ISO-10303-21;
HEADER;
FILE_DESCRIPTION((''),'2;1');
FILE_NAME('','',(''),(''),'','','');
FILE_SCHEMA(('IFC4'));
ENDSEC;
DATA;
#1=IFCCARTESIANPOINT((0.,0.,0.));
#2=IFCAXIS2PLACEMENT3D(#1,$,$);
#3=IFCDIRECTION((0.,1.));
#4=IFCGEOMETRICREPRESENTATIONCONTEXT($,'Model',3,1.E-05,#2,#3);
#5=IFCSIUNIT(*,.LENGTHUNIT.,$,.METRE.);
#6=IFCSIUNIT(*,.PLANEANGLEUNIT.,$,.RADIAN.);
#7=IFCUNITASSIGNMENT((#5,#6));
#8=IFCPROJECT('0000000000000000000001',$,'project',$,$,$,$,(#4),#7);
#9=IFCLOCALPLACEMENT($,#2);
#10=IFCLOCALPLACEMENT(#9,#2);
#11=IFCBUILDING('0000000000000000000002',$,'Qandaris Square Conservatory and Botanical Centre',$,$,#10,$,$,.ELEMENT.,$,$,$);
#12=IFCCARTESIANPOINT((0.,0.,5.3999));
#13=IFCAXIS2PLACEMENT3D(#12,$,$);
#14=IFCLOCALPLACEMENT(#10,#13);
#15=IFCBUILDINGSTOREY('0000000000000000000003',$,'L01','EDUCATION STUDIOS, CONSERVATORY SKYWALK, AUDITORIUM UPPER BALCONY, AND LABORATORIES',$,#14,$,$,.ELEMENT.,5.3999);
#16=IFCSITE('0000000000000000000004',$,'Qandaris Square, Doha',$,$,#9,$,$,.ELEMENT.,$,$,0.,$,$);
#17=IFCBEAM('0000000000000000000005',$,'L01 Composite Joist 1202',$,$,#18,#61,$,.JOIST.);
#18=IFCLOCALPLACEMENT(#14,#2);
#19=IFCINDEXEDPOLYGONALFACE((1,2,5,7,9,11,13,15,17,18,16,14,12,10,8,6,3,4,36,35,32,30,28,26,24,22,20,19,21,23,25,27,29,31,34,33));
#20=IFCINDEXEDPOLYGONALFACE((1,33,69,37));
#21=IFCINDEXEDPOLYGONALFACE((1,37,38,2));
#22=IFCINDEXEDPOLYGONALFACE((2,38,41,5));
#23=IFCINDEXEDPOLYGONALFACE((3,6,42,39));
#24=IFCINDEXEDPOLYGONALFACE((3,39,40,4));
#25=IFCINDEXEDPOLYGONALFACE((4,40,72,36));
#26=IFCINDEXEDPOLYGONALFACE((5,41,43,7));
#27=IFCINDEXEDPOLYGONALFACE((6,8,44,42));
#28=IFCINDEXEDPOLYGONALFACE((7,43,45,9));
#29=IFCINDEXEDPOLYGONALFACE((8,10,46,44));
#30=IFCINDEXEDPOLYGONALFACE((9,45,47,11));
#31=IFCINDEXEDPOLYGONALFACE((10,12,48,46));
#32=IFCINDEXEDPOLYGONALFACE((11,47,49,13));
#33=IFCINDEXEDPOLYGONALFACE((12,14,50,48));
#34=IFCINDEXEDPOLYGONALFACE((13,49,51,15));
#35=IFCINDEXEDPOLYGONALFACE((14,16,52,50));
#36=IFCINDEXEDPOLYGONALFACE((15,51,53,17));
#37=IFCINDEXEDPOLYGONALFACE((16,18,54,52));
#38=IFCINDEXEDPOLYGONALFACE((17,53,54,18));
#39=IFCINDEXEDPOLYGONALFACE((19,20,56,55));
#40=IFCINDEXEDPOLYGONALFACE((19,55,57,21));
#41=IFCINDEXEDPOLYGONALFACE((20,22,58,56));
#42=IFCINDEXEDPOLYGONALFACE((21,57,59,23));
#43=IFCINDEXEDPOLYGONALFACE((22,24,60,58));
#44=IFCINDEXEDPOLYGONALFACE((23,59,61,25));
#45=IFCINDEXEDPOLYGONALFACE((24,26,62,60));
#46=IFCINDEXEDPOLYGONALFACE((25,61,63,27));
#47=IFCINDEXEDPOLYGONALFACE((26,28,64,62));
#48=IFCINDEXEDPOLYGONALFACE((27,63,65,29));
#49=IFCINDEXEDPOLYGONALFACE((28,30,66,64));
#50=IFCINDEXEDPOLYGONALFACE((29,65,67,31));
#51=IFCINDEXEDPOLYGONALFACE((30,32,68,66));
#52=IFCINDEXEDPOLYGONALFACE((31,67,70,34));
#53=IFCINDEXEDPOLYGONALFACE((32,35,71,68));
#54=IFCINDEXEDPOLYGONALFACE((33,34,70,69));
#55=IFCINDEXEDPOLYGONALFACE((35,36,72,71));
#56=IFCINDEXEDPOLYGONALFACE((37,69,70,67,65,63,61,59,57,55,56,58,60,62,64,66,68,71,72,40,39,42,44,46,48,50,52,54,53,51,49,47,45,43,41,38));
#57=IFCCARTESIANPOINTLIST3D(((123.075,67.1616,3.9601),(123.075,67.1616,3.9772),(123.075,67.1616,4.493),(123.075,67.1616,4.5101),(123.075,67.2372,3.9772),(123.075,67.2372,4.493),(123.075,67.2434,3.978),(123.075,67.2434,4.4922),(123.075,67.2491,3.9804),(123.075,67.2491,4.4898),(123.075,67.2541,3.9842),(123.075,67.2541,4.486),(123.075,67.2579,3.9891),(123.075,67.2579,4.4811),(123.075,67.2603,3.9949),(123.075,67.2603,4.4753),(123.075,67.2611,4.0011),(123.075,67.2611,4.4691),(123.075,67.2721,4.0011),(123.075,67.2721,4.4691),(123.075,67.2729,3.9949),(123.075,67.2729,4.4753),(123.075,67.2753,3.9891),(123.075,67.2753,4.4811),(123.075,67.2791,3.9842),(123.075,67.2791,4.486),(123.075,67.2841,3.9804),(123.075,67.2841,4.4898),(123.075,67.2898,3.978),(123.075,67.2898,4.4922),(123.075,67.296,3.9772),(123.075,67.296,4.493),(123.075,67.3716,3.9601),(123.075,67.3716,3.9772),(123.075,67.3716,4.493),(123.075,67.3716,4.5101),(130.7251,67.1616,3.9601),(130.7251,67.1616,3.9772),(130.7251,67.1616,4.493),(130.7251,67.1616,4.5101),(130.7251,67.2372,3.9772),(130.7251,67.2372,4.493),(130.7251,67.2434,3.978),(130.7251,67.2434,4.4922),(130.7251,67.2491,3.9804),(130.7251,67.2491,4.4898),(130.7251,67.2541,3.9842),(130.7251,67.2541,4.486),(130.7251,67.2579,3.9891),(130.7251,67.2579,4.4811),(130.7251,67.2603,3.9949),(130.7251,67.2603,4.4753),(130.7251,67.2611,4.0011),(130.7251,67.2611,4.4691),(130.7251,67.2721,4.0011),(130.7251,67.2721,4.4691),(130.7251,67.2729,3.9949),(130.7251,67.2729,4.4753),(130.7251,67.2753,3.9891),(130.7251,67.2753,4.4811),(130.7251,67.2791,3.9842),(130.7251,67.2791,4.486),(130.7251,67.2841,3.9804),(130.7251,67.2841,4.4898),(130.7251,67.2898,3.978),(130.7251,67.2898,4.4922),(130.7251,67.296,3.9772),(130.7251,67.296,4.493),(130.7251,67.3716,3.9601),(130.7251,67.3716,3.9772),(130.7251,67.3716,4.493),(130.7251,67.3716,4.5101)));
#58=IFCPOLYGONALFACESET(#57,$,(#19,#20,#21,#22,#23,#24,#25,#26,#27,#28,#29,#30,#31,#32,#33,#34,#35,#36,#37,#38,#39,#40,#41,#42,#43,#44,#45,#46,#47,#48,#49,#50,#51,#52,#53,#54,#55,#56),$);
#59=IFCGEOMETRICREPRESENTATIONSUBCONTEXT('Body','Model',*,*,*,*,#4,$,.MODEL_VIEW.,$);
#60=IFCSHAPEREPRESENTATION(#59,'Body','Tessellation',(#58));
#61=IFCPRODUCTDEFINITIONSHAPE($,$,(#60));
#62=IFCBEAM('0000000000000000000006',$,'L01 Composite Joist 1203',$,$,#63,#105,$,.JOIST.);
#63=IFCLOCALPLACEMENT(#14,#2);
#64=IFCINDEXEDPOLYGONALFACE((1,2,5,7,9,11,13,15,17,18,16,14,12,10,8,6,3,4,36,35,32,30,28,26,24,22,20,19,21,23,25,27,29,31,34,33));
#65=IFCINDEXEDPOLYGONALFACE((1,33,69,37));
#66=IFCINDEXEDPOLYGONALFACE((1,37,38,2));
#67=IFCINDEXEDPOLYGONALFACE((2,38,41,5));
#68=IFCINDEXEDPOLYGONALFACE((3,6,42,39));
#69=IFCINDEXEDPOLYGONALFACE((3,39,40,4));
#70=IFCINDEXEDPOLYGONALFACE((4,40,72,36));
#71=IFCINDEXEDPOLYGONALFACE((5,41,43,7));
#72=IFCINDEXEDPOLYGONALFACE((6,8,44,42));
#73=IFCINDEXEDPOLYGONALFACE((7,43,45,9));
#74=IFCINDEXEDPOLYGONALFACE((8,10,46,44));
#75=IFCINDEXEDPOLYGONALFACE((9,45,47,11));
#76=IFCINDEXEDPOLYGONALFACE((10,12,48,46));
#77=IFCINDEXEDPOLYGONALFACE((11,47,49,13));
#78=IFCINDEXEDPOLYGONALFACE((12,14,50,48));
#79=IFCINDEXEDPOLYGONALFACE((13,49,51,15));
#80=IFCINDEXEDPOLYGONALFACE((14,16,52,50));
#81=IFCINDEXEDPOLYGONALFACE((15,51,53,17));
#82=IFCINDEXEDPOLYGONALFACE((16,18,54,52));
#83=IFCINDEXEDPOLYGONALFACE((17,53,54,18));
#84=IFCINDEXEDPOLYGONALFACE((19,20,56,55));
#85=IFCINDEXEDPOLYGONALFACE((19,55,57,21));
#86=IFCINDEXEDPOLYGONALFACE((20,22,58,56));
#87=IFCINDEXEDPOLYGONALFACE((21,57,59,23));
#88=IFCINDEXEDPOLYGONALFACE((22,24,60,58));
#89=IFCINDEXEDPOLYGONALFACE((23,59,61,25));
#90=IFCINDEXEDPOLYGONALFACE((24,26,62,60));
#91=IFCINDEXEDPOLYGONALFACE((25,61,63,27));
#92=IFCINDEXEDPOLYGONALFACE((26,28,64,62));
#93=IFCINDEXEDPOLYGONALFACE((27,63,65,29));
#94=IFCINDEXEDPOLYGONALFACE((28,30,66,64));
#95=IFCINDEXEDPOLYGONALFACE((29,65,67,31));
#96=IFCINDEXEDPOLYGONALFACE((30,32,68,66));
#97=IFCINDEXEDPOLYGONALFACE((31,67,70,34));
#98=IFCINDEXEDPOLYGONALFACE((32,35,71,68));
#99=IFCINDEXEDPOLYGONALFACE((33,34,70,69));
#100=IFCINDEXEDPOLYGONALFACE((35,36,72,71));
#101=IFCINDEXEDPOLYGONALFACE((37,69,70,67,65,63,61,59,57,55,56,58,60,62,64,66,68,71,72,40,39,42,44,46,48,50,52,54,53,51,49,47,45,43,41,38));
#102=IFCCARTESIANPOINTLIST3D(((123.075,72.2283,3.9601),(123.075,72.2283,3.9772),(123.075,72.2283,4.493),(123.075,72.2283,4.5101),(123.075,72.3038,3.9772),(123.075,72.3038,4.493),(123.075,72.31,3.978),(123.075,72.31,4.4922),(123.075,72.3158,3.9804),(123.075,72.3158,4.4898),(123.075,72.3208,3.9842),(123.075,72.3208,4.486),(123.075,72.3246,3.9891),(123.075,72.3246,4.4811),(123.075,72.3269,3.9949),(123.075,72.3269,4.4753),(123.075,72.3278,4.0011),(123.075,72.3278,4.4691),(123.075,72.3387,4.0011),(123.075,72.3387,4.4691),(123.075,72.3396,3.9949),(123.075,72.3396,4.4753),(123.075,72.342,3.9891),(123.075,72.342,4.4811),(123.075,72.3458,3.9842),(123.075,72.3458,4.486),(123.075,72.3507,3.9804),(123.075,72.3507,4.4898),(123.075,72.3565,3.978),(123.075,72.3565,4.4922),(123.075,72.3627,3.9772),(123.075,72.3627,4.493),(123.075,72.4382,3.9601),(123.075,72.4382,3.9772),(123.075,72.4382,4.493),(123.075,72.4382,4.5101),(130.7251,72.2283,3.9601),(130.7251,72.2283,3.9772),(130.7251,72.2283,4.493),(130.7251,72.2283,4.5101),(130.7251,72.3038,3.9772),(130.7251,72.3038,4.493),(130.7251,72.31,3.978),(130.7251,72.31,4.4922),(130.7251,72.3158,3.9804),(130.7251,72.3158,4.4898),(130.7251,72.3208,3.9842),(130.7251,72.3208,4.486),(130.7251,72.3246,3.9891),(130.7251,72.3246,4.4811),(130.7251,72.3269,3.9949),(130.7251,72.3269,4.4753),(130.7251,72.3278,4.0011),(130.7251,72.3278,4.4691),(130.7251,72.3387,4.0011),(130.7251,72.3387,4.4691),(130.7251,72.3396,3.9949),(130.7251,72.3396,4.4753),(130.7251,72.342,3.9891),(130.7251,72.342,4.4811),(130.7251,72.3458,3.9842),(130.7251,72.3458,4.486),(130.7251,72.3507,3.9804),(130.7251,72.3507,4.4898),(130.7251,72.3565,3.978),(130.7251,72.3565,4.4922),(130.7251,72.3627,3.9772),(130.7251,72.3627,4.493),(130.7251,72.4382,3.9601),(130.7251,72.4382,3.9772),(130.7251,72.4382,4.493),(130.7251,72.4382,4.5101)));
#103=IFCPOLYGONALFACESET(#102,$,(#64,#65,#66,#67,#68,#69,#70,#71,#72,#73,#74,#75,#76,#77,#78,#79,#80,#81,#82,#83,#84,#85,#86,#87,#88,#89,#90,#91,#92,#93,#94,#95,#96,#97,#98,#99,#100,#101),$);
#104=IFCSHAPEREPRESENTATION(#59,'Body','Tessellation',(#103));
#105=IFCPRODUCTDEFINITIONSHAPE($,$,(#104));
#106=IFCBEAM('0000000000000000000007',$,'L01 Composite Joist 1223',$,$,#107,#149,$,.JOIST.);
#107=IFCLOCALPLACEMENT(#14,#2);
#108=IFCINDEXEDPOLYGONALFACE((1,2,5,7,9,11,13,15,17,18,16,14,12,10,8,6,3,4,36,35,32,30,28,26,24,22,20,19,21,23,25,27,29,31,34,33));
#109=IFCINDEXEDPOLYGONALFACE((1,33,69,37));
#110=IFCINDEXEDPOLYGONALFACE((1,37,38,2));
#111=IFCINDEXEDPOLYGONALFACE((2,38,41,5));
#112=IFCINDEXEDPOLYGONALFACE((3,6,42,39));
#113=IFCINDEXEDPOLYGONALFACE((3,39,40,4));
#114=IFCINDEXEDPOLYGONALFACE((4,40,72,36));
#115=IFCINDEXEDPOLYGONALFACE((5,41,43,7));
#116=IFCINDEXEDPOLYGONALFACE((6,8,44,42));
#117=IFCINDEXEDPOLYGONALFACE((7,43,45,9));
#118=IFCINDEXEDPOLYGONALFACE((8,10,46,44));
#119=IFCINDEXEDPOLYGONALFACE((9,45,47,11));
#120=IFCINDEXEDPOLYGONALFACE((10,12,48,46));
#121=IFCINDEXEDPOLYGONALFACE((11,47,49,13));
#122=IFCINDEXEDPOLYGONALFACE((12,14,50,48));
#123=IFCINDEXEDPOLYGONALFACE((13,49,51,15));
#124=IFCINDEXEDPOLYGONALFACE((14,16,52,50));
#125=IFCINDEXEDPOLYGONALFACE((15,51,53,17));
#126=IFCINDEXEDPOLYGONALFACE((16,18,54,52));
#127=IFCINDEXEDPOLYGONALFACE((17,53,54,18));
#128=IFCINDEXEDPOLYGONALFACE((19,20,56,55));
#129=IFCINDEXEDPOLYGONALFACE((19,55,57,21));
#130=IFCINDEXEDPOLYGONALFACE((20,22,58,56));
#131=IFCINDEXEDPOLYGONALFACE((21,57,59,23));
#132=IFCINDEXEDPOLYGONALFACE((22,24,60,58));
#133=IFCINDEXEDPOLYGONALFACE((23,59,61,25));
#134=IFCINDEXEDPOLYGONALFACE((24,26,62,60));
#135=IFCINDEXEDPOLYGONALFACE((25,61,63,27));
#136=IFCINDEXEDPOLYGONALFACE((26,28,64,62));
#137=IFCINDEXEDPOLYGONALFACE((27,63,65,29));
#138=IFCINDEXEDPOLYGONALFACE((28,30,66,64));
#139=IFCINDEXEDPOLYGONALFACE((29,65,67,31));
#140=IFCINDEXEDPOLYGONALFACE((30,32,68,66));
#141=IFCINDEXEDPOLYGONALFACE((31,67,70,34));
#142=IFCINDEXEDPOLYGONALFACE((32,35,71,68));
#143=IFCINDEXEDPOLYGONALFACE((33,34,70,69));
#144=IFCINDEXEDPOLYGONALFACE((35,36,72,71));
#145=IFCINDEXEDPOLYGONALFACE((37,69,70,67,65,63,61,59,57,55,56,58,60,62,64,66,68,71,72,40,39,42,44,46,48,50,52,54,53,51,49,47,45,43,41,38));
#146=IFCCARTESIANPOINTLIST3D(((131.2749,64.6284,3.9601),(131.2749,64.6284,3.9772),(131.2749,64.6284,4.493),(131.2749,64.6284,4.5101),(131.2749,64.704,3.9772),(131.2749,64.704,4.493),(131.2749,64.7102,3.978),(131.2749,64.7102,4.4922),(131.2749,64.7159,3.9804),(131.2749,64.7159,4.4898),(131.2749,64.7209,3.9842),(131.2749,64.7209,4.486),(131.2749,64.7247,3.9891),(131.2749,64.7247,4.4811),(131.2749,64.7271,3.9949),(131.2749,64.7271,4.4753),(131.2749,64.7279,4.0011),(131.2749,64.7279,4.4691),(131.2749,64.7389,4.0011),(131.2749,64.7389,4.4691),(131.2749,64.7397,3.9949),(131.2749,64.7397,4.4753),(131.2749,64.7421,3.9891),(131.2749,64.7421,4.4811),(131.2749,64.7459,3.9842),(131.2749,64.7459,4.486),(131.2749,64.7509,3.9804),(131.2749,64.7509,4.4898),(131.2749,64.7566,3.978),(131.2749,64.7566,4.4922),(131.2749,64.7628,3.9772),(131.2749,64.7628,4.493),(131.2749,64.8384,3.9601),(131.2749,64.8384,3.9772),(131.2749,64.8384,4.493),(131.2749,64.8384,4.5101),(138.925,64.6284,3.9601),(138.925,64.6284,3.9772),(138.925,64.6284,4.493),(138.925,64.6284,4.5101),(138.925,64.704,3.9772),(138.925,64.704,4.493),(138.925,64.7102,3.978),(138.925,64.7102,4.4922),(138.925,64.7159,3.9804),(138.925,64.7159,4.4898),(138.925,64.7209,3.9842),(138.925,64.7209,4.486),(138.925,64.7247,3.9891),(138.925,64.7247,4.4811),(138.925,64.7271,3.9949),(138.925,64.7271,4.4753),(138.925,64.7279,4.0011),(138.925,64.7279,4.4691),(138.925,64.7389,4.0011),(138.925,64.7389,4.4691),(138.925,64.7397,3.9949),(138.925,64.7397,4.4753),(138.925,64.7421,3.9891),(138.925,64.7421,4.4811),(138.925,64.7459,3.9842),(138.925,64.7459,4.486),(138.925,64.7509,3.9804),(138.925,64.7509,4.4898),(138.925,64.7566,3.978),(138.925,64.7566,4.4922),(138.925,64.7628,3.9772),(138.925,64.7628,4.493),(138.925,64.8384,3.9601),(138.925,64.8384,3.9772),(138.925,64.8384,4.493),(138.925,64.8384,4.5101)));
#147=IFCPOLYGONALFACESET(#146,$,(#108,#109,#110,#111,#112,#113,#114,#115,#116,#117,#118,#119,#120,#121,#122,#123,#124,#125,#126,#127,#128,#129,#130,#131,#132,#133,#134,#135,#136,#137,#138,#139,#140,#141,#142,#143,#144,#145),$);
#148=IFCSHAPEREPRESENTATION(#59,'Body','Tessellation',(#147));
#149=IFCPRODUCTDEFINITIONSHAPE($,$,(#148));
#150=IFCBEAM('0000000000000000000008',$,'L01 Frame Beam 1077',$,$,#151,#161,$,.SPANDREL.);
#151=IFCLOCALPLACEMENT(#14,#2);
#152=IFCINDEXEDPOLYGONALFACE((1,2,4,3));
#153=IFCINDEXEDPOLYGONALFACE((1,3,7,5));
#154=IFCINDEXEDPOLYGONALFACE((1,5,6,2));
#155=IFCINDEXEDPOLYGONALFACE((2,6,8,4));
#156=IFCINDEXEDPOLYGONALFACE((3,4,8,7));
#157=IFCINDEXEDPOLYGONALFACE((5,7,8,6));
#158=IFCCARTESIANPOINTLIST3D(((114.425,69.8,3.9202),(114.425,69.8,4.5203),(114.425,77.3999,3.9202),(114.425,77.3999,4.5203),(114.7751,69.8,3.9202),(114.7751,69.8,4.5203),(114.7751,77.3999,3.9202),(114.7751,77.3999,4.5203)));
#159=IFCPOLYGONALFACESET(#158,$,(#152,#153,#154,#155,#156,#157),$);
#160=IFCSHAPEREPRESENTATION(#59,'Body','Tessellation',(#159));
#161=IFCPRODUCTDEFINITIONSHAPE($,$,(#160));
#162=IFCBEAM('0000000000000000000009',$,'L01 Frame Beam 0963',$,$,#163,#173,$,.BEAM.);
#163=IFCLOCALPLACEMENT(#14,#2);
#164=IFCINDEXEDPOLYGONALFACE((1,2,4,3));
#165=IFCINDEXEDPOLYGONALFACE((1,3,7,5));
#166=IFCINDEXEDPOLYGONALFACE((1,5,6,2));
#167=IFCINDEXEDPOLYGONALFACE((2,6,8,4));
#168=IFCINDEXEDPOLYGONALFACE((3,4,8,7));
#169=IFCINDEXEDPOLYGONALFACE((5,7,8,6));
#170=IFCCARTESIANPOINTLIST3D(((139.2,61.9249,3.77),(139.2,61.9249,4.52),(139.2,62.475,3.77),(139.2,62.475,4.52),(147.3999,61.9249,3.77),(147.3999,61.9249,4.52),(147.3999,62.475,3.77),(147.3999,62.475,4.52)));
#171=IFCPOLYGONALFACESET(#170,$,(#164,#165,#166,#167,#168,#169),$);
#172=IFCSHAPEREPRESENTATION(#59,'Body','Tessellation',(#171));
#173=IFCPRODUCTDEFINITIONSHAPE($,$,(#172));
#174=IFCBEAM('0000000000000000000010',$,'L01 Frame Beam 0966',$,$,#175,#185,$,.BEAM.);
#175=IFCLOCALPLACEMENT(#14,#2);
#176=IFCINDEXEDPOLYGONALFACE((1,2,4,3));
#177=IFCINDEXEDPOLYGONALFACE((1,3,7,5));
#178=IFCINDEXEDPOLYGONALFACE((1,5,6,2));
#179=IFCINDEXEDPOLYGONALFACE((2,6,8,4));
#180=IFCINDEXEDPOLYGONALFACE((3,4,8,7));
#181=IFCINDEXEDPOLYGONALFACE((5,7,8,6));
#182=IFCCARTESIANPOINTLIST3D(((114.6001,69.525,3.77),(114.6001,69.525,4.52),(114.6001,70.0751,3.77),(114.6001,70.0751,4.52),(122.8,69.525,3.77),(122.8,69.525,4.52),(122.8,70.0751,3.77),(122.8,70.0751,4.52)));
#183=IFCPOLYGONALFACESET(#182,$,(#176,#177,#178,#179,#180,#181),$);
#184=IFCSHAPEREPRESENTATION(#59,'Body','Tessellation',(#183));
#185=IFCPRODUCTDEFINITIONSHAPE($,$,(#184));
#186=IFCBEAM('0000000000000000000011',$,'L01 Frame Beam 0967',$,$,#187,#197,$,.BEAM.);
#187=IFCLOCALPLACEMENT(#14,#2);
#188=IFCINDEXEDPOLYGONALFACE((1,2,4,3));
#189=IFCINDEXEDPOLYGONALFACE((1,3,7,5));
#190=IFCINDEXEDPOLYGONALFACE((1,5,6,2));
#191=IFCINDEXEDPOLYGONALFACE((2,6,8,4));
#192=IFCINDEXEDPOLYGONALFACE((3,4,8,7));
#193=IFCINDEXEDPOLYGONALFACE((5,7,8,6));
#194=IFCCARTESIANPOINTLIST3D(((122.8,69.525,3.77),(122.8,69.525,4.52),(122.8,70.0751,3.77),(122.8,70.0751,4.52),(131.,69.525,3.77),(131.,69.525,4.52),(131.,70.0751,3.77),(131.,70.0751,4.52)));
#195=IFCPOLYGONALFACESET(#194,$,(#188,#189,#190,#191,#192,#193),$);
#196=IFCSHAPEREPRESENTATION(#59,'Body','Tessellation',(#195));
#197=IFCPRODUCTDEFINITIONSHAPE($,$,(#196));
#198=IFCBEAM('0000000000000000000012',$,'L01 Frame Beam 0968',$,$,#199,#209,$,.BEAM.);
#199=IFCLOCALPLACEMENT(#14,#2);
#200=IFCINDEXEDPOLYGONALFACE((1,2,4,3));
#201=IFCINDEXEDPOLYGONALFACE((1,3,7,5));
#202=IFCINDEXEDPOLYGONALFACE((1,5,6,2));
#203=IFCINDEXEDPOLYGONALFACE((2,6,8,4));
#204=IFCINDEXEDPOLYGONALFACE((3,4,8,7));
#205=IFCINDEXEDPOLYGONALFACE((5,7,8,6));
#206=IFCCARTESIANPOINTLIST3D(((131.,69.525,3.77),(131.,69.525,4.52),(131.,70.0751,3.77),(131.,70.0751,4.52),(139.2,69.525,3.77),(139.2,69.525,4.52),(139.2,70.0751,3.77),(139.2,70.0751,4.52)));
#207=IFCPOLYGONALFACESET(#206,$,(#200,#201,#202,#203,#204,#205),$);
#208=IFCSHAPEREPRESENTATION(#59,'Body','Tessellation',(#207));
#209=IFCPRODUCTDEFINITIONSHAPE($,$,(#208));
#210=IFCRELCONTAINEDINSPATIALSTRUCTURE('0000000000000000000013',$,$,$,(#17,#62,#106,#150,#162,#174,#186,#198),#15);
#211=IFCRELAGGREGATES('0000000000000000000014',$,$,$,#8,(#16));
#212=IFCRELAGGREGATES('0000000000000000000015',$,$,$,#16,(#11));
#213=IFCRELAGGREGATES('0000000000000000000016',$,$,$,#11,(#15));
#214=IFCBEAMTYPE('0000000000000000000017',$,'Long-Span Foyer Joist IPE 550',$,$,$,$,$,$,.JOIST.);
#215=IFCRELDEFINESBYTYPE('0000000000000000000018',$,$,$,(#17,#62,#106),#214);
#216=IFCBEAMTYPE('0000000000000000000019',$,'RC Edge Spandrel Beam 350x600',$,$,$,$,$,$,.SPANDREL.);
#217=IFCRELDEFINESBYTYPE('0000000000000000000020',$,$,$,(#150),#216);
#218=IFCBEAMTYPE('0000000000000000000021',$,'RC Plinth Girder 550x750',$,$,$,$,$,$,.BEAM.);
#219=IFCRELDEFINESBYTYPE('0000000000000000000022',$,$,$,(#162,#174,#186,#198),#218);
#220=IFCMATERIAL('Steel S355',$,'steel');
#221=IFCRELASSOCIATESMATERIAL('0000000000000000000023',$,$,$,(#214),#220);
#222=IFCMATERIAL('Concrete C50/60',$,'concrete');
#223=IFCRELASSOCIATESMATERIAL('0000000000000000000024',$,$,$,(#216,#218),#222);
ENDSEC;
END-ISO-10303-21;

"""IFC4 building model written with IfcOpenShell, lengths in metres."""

from ifc_helpers import new_model, si_unit, direction, frame, origin, origin_2d, place, context, subcontext, project, spatial, rectangle, i_section, extrude, material, material_profile, profile_set, type_object, element, save


model = new_model("IFC4")

# Units and contexts
model_context = context("Model", 3, precision=1e-05, world=origin(), true_north=direction((0.0, 1.0)))
body_context = subcontext(model_context, "Body", "Model", "MODEL_VIEW")
ifc_project = project(units=[si_unit("LENGTHUNIT", "METRE"), si_unit("PLANEANGLEUNIT", "RADIAN")], contexts=[model_context])

# Site, building, storey
site_placement = place(None, origin())
site = spatial("IfcSite", under=ifc_project, at=site_placement, Name="Qandaris Square, Doha", CompositionType="ELEMENT", RefElevation=0.0)
building_placement = place(site_placement, origin())
building = spatial("IfcBuilding", under=site, at=building_placement, Name="Qandaris Square Conservatory and Botanical Centre", CompositionType="ELEMENT")
storey_placement = place(building_placement, frame((0.0, 0.0, 5.3999)))
storey = spatial("IfcBuildingStorey", under=building, at=storey_placement, Name="L01", Description="EDUCATION STUDIOS, CONSERVATORY SKYWALK, AUDITORIUM UPPER BALCONY, AND LABORATORIES", CompositionType="ELEMENT", Elevation=5.3999)

# Shared definitions
ifc_material_1 = material(Name="Concrete C50/60", Category="concrete")

# Beams
ifc_material_2 = material(Name="Steel S355", Category="steel")
ifc_material_profile_1 = material_profile(ifc_material_2, i_section(OverallWidth=0.21, OverallDepth=0.55, WebThickness=0.011, FlangeThickness=0.0171, FilletRadius=0.0239, at=origin_2d()), Name="IPE 550")
ifc_profile_set_1 = profile_set([ifc_material_profile_1], Name="Steel S355")
beam_type_1 = type_object("IfcBeamType", Name="Long-Span Foyer Joist IPE 550", PredefinedType="JOIST", material=ifc_profile_set_1)
for number, where, z_axis, x_axis, name in (
    (1, (123.075, 67.2666, 4.2351), (1.0, 0.0, 0.0), (0.0, 1.0, 0.0), "L01 Composite Joist 1202"),
    (2, (123.075, 72.3333, 4.2351), (1.0, 0.0, 0.0), (0.0, 1.0, 0.0), "L01 Composite Joist 1203"),
    (3, (131.2749, 64.7334, 4.2351), (1.0, 0.0, 0.0), (0.0, 1.0, 0.0), "L01 Composite Joist 1223"),
):
    element("IfcBeam", number, at=place(storey_placement, frame(where, z_axis=z_axis, x_axis=x_axis)), inside=storey, type_object=beam_type_1, Name=name, PredefinedType="JOIST", context=body_context, shape_type="SweptSolid", body=[
        extrude(i_section(OverallWidth=0.21, OverallDepth=0.55, WebThickness=0.011, FlangeThickness=0.0171, FilletRadius=0.0239, at=origin_2d()), origin(), (0.0, 0.0, 1.0), 7.6501),
    ])
ifc_material_profile_2 = material_profile(ifc_material_1, rectangle(XDim=0.3501, YDim=0.6001, at=origin_2d()), Name="RC-SP 350x600")
ifc_profile_set_2 = profile_set([ifc_material_profile_2], Name="Concrete C50/60")
beam_type_2 = type_object("IfcBeamType", Name="RC Edge Spandrel Beam 350x600", PredefinedType="SPANDREL", material=ifc_profile_set_2)
beam_1_placement = place(storey_placement, frame((114.6001, 69.8, 4.2202), z_axis=(0.0, 1.0, 0.0), x_axis=(-1.0, 0.0, 0.0)))
element("IfcBeam", 4, at=beam_1_placement, inside=storey, type_object=beam_type_2, Name="L01 Frame Beam 1077", PredefinedType="SPANDREL", context=body_context, shape_type="SweptSolid", body=[
    extrude(rectangle(XDim=0.3501, YDim=0.6001, at=origin_2d()), origin(), (0.0, 0.0, 1.0), 7.5999),
])
ifc_material_profile_3 = material_profile(ifc_material_1, rectangle(XDim=0.55, YDim=0.75, at=origin_2d()), Name="RC-BM 550x750")
ifc_profile_set_3 = profile_set([ifc_material_profile_3], Name="Concrete C50/60")
beam_type_3 = type_object("IfcBeamType", Name="RC Plinth Girder 550x750", PredefinedType="BEAM", material=ifc_profile_set_3)
for number, where, z_axis, x_axis, name in (
    (5, (139.2, 62.2, 4.145), (1.0, 0.0, 0.0), (0.0, 1.0, 0.0), "L01 Frame Beam 0963"),
    (6, (114.6001, 69.8, 4.145), (1.0, 0.0, 0.0), (0.0, 1.0, 0.0), "L01 Frame Beam 0966"),
    (7, (122.8, 69.8, 4.145), (1.0, 0.0, 0.0), (0.0, 1.0, 0.0), "L01 Frame Beam 0967"),
    (8, (131.0, 69.8, 4.145), (1.0, 0.0, 0.0), (0.0, 1.0, 0.0), "L01 Frame Beam 0968"),
):
    element("IfcBeam", number, at=place(storey_placement, frame(where, z_axis=z_axis, x_axis=x_axis)), inside=storey, type_object=beam_type_3, Name=name, PredefinedType="BEAM", context=body_context, shape_type="SweptSolid", body=[
        extrude(rectangle(XDim=0.55, YDim=0.75, at=origin_2d()), origin(), (0.0, 0.0, 1.0), 8.2),
    ])

save(model, "model.ifc")
